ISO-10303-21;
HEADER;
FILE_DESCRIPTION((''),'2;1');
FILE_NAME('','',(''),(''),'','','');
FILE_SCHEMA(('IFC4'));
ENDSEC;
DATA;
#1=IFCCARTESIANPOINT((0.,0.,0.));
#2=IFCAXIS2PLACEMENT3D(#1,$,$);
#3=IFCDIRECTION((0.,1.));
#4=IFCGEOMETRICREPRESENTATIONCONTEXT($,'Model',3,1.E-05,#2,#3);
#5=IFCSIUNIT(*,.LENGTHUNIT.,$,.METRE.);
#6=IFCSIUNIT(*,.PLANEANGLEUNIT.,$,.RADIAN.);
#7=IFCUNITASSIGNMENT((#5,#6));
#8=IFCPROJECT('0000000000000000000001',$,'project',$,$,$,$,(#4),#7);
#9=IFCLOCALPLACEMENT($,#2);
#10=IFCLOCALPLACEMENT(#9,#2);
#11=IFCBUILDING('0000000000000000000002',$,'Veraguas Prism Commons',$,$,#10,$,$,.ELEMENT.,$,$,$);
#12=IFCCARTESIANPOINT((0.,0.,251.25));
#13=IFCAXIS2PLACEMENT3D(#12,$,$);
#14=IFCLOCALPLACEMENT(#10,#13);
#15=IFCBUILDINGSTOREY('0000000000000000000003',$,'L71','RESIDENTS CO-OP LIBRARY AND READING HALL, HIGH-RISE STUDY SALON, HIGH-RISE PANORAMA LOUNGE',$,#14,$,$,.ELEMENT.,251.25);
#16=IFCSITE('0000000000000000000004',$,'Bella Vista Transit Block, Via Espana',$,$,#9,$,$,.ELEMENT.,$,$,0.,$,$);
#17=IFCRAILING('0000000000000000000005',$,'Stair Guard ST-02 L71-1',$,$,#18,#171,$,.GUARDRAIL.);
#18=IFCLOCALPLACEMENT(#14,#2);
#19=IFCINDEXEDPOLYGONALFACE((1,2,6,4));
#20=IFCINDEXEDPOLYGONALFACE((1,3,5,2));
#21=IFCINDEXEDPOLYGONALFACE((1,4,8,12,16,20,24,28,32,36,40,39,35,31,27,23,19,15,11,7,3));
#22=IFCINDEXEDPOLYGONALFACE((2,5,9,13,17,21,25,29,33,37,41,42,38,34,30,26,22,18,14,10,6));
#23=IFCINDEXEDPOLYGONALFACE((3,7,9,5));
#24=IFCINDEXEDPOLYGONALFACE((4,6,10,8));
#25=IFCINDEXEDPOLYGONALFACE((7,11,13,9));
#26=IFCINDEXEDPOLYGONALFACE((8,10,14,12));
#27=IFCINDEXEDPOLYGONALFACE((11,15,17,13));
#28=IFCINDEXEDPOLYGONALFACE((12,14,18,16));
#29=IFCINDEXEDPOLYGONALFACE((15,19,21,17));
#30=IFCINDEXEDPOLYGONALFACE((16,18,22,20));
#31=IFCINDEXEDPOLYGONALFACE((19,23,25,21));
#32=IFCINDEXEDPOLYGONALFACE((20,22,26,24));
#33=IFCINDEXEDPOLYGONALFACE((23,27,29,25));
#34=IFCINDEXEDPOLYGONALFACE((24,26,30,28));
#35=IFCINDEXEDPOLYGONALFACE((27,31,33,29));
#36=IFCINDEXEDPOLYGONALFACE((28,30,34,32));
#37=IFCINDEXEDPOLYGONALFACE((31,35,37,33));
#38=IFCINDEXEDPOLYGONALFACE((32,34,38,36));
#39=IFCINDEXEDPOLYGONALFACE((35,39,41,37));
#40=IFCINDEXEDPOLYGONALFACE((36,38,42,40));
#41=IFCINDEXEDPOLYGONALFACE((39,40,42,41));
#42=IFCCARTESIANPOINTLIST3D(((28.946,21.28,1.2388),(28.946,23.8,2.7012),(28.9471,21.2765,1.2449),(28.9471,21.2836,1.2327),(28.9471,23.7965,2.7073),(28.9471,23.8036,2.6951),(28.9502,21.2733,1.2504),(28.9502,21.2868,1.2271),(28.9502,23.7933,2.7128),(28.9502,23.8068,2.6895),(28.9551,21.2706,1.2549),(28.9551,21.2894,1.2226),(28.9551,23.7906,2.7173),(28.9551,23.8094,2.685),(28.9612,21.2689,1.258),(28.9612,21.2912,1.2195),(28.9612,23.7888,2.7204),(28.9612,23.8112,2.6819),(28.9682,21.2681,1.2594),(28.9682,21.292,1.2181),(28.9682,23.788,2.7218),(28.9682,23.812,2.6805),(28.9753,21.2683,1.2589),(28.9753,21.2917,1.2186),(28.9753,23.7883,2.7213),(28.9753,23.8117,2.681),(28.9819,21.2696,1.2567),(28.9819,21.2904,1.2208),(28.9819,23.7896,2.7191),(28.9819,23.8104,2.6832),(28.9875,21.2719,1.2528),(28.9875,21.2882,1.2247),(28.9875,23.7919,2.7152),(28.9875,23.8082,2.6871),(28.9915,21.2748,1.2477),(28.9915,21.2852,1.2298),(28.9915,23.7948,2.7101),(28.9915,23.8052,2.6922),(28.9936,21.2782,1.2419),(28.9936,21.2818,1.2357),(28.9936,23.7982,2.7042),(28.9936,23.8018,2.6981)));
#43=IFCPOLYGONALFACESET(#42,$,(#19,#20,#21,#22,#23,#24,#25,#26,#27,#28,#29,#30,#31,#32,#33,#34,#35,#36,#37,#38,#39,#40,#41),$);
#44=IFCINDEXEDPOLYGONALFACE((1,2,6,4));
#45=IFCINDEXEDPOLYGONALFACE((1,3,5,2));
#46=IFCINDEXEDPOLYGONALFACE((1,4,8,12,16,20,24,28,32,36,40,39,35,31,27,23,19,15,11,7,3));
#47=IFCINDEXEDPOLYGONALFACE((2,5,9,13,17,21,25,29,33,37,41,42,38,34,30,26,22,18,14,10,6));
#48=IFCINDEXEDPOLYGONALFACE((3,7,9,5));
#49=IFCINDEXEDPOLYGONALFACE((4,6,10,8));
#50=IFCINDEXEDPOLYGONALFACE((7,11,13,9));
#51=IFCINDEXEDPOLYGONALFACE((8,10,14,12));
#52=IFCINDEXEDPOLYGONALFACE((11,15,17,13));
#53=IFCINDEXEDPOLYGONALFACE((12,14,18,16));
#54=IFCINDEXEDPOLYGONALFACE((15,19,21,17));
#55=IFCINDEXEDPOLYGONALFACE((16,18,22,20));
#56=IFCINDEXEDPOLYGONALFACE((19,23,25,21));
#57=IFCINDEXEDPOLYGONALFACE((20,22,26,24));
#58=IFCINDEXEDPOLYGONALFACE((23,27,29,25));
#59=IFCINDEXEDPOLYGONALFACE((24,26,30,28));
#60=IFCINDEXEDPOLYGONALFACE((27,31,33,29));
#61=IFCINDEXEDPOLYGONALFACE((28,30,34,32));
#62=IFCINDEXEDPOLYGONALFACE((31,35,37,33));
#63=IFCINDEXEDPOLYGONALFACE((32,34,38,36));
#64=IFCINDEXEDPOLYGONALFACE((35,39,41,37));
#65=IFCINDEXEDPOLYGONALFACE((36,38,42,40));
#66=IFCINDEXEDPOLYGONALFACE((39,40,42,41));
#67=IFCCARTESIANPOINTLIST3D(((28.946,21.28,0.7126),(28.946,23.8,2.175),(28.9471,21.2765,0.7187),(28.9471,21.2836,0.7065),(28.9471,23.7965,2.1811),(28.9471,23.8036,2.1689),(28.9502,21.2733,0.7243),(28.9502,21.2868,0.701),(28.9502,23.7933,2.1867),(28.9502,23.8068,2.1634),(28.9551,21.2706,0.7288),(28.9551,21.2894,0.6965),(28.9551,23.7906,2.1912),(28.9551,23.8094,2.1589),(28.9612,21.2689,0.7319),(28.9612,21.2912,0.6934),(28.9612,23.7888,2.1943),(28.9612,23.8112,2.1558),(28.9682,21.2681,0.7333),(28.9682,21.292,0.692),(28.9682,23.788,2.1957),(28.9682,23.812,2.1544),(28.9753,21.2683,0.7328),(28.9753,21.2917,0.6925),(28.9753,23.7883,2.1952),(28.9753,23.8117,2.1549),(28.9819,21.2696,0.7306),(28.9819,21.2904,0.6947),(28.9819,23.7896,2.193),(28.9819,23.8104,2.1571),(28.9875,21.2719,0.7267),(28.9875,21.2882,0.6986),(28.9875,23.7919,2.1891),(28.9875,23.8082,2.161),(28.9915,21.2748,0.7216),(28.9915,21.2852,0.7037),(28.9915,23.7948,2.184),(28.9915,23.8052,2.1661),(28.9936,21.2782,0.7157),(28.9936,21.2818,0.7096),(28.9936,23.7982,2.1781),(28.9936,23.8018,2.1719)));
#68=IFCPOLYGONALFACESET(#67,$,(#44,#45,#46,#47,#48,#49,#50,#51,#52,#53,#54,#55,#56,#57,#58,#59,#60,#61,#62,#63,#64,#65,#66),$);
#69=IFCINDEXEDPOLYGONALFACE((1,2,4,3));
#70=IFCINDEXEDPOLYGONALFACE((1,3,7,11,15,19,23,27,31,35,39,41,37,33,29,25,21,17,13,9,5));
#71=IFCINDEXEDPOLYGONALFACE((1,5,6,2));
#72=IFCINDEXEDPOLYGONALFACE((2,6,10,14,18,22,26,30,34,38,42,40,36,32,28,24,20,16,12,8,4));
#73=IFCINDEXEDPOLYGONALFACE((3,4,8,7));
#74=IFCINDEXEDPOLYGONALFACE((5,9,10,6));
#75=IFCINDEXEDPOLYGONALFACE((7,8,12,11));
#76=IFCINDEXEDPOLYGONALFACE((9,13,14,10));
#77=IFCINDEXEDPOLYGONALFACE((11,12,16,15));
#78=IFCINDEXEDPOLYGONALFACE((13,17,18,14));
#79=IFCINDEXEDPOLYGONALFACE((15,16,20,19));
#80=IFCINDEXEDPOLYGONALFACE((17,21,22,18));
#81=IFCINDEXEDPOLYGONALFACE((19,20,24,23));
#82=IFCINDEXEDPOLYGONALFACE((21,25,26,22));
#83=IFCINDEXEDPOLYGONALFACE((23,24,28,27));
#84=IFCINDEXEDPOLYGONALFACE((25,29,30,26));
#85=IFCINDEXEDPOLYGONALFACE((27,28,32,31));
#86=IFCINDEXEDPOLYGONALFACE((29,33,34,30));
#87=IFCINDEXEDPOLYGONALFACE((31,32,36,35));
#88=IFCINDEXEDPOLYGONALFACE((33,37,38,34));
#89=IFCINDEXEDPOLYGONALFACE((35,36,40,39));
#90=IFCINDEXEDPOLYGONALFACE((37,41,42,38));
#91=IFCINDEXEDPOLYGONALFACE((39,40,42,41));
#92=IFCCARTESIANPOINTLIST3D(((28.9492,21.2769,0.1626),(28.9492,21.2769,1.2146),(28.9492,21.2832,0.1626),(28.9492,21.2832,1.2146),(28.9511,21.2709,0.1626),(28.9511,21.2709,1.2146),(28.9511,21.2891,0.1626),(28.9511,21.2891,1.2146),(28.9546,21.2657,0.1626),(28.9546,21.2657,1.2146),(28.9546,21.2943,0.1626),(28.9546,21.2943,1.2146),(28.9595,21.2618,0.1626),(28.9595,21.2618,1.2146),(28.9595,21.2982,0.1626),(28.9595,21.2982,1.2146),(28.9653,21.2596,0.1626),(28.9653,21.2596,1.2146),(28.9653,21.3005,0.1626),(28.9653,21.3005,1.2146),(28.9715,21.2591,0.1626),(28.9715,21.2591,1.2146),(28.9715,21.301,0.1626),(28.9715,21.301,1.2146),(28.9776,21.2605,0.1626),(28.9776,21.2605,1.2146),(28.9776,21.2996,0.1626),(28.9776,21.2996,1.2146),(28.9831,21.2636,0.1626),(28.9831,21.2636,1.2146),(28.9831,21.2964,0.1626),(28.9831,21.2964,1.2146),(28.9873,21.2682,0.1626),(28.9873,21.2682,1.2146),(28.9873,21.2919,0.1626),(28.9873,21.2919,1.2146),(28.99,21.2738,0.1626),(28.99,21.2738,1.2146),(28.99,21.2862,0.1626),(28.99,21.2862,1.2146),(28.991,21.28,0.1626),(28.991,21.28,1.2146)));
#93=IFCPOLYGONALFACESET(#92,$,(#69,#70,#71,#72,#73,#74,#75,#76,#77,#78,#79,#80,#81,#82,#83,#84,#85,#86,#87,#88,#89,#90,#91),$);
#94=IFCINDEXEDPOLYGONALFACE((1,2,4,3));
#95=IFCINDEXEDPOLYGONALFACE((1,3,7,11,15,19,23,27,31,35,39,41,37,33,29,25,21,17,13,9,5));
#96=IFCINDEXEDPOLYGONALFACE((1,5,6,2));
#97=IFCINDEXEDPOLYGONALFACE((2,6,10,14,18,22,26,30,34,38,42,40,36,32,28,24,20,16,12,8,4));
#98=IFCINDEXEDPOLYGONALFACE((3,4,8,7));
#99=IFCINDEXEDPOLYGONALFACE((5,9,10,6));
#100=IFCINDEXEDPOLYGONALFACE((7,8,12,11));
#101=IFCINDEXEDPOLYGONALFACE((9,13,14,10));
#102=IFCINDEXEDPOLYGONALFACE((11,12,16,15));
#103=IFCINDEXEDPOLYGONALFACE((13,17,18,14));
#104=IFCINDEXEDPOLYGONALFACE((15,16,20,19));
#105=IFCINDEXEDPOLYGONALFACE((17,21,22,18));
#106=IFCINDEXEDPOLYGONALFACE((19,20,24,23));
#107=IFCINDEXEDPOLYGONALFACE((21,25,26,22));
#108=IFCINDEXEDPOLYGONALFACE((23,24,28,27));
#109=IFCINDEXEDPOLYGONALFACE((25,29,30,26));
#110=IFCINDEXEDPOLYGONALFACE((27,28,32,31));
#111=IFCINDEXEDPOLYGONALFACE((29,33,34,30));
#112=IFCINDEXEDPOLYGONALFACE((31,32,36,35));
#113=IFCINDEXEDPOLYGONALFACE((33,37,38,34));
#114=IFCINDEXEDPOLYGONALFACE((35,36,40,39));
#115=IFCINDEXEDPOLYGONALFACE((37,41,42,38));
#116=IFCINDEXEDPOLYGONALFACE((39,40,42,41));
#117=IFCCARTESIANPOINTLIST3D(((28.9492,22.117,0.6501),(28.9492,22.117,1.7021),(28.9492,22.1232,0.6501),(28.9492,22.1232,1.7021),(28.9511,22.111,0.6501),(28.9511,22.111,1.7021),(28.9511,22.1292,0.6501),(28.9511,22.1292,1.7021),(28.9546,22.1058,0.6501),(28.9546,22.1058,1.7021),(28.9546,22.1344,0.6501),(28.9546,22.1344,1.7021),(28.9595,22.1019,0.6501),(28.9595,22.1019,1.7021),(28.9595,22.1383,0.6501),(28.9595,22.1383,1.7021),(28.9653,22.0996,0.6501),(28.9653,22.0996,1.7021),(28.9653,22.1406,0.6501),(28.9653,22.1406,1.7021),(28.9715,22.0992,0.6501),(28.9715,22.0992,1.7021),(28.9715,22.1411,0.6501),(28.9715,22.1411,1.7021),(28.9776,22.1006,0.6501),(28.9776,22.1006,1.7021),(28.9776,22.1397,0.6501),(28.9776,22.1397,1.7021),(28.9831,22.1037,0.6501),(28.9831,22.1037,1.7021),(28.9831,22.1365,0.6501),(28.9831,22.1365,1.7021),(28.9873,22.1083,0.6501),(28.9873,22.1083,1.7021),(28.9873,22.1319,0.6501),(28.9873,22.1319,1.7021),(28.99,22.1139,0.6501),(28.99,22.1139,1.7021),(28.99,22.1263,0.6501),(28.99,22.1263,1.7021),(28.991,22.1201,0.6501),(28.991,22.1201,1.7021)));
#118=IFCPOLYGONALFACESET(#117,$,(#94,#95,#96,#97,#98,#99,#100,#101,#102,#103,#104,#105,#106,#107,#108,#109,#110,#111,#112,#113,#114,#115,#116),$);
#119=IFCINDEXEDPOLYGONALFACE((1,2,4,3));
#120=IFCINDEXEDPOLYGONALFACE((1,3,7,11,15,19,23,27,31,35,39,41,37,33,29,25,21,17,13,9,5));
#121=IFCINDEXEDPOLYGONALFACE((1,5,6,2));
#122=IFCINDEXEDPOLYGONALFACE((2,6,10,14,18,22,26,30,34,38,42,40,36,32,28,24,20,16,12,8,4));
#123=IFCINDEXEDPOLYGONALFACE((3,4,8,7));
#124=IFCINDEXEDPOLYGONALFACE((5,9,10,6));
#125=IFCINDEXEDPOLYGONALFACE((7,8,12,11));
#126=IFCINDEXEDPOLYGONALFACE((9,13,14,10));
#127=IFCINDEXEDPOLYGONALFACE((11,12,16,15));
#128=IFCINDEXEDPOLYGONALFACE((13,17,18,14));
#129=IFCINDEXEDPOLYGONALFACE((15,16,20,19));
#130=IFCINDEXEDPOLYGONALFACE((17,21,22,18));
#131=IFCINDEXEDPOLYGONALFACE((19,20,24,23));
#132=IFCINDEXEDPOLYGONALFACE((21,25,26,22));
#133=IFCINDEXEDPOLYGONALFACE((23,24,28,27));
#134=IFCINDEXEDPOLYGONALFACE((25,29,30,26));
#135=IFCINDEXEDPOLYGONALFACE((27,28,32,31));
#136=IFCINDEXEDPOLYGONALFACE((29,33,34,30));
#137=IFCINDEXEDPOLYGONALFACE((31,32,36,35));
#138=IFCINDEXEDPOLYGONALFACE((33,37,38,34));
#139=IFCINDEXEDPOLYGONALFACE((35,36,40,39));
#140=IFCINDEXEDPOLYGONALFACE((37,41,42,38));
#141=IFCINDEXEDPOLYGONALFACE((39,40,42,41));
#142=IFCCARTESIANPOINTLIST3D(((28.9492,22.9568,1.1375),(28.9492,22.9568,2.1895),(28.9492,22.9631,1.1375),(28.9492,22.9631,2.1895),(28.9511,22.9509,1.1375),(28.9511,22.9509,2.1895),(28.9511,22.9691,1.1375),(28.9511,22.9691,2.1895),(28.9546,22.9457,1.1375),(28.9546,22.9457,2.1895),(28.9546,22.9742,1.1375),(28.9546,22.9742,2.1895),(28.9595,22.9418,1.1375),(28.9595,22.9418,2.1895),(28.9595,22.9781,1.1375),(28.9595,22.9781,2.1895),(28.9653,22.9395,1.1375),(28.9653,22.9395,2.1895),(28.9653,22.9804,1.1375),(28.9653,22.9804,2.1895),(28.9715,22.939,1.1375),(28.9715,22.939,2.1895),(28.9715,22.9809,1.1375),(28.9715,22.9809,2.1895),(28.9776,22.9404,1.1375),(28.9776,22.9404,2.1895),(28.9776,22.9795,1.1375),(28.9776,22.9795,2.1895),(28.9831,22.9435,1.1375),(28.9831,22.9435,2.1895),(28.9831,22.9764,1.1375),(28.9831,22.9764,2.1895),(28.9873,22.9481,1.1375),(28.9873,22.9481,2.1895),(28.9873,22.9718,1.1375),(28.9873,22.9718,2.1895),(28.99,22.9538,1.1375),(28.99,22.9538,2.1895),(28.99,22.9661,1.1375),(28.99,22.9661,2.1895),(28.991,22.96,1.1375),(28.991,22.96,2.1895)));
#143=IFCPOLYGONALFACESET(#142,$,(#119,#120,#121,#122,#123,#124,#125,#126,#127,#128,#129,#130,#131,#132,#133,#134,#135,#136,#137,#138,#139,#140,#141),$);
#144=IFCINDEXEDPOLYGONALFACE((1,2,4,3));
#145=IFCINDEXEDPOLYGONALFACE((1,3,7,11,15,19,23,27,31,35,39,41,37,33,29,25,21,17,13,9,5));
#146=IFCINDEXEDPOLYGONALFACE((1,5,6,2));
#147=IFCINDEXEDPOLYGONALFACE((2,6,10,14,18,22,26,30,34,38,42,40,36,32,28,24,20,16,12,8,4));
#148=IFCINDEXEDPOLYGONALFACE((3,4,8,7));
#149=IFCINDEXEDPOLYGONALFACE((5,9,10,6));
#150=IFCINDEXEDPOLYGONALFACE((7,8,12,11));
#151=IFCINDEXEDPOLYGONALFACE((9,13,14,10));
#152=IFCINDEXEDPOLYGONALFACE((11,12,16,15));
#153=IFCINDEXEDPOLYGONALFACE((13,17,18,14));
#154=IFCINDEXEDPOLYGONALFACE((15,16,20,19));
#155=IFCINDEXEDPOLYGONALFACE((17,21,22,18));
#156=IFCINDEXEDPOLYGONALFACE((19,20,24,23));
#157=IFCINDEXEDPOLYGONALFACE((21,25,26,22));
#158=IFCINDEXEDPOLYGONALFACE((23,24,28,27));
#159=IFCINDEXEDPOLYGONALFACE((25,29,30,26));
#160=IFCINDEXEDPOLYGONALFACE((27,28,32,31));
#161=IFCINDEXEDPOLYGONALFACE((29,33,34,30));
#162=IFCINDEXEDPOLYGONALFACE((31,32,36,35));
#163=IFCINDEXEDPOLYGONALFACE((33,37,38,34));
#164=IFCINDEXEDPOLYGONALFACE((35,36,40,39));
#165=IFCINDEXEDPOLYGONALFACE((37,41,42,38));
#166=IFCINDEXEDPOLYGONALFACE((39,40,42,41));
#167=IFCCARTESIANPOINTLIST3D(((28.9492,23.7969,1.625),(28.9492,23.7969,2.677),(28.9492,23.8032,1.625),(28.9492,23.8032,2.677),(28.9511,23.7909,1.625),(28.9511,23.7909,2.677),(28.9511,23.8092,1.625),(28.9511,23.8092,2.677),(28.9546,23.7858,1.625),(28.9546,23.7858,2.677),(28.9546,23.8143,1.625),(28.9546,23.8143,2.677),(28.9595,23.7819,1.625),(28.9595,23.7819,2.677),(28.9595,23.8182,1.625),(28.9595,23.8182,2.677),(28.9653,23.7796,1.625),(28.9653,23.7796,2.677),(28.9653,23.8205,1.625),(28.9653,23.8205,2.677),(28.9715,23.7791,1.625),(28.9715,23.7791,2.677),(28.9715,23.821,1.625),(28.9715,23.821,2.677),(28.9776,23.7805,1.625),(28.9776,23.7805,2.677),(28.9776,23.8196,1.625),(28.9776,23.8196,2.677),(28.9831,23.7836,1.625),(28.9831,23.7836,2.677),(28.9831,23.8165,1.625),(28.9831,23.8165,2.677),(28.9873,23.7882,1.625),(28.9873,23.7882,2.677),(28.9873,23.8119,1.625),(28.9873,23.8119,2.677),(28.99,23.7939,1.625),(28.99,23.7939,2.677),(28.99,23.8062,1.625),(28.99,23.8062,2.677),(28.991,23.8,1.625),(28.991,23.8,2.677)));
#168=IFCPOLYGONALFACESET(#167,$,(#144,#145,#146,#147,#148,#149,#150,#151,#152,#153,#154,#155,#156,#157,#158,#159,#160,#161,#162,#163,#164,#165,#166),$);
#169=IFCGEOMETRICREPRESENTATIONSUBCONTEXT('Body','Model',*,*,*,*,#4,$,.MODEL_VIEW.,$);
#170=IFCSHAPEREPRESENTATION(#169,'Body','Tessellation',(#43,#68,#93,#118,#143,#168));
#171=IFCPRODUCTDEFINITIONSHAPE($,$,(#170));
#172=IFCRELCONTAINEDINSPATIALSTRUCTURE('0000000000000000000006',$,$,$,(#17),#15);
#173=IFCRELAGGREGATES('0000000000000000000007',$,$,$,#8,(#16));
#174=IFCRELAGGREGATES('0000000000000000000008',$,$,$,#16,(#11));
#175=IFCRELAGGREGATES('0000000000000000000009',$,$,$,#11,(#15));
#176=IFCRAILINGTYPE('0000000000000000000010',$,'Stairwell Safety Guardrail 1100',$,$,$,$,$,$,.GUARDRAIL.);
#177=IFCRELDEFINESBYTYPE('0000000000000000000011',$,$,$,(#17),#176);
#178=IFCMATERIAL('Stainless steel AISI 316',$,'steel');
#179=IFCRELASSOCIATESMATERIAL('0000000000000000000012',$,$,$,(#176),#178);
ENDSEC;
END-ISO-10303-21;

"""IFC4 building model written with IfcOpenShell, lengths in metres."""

from ifc_helpers import new_model, si_unit, direction, frame, origin, origin_2d, place, context, subcontext, project, spatial, circle, extrude, material, type_object, element, save


model = new_model("IFC4")

# Units and contexts
model_context = context("Model", 3, precision=1e-05, world=origin(), true_north=direction((0.0, 1.0)))
body_context = subcontext(model_context, "Body", "Model", "MODEL_VIEW")
ifc_project = project(units=[si_unit("LENGTHUNIT", "METRE"), si_unit("PLANEANGLEUNIT", "RADIAN")], contexts=[model_context])

# Site, building, storey
site_placement = place(None, origin())
site = spatial("IfcSite", under=ifc_project, at=site_placement, Name="Bella Vista Transit Block, Via Espana", CompositionType="ELEMENT", RefElevation=0.0)
building_placement = place(site_placement, origin())
building = spatial("IfcBuilding", under=site, at=building_placement, Name="Veraguas Prism Commons", CompositionType="ELEMENT")
storey_placement = place(building_placement, frame((0.0, 0.0, 251.25)))
storey = spatial("IfcBuildingStorey", under=building, at=storey_placement, Name="L71", Description="RESIDENTS CO-OP LIBRARY AND READING HALL, HIGH-RISE STUDY SALON, HIGH-RISE PANORAMA LOUNGE", CompositionType="ELEMENT", Elevation=251.25)

# Shared definitions
ifc_material_1 = material(Name="Stainless steel AISI 316", Category="steel")

# Railing
railing_type_1 = type_object("IfcRailingType", Name="Stairwell Safety Guardrail 1100", PredefinedType="GUARDRAIL", material=ifc_material_1)
railing_1_placement = place(storey_placement, frame((28.97, 21.28, 0.1626)))
element("IfcRailing", 1, at=railing_1_placement, inside=storey, type_object=railing_type_1, Name="Stair Guard ST-02 L71-1", PredefinedType="GUARDRAIL", context=body_context, shape_type="SweptSolid", body=[
    extrude(circle(Radius=0.0239, at=origin_2d()), frame((0.0, 0.0, 1.0762), z_axis=(0.0, 0.864913, 0.501921), x_axis=(-1.0, 0.0, 0.0)), (0.0, 0.0, 1.0), 2.9136),
    extrude(circle(Radius=0.0239, at=origin_2d()), frame((0.0, 0.0, 0.55), z_axis=(0.0, 0.864913, 0.501921), x_axis=(-1.0, 0.0, 0.0)), (0.0, 0.0, 1.0), 2.9136),
    extrude(circle(Radius=0.021, at=origin_2d()), origin(), (0.0, 0.0, 1.0), 1.052),
    extrude(circle(Radius=0.021, at=origin_2d()), frame((0.0, 0.8401, 0.4875)), (0.0, 0.0, 1.0), 1.052),
    extrude(circle(Radius=0.021, at=origin_2d()), frame((0.0, 1.6799, 0.9749)), (0.0, 0.0, 1.0), 1.052),
    extrude(circle(Radius=0.021, at=origin_2d()), frame((0.0, 2.52, 1.4624)), (0.0, 0.0, 1.0), 1.052),
])

save(model, "model.ifc")
